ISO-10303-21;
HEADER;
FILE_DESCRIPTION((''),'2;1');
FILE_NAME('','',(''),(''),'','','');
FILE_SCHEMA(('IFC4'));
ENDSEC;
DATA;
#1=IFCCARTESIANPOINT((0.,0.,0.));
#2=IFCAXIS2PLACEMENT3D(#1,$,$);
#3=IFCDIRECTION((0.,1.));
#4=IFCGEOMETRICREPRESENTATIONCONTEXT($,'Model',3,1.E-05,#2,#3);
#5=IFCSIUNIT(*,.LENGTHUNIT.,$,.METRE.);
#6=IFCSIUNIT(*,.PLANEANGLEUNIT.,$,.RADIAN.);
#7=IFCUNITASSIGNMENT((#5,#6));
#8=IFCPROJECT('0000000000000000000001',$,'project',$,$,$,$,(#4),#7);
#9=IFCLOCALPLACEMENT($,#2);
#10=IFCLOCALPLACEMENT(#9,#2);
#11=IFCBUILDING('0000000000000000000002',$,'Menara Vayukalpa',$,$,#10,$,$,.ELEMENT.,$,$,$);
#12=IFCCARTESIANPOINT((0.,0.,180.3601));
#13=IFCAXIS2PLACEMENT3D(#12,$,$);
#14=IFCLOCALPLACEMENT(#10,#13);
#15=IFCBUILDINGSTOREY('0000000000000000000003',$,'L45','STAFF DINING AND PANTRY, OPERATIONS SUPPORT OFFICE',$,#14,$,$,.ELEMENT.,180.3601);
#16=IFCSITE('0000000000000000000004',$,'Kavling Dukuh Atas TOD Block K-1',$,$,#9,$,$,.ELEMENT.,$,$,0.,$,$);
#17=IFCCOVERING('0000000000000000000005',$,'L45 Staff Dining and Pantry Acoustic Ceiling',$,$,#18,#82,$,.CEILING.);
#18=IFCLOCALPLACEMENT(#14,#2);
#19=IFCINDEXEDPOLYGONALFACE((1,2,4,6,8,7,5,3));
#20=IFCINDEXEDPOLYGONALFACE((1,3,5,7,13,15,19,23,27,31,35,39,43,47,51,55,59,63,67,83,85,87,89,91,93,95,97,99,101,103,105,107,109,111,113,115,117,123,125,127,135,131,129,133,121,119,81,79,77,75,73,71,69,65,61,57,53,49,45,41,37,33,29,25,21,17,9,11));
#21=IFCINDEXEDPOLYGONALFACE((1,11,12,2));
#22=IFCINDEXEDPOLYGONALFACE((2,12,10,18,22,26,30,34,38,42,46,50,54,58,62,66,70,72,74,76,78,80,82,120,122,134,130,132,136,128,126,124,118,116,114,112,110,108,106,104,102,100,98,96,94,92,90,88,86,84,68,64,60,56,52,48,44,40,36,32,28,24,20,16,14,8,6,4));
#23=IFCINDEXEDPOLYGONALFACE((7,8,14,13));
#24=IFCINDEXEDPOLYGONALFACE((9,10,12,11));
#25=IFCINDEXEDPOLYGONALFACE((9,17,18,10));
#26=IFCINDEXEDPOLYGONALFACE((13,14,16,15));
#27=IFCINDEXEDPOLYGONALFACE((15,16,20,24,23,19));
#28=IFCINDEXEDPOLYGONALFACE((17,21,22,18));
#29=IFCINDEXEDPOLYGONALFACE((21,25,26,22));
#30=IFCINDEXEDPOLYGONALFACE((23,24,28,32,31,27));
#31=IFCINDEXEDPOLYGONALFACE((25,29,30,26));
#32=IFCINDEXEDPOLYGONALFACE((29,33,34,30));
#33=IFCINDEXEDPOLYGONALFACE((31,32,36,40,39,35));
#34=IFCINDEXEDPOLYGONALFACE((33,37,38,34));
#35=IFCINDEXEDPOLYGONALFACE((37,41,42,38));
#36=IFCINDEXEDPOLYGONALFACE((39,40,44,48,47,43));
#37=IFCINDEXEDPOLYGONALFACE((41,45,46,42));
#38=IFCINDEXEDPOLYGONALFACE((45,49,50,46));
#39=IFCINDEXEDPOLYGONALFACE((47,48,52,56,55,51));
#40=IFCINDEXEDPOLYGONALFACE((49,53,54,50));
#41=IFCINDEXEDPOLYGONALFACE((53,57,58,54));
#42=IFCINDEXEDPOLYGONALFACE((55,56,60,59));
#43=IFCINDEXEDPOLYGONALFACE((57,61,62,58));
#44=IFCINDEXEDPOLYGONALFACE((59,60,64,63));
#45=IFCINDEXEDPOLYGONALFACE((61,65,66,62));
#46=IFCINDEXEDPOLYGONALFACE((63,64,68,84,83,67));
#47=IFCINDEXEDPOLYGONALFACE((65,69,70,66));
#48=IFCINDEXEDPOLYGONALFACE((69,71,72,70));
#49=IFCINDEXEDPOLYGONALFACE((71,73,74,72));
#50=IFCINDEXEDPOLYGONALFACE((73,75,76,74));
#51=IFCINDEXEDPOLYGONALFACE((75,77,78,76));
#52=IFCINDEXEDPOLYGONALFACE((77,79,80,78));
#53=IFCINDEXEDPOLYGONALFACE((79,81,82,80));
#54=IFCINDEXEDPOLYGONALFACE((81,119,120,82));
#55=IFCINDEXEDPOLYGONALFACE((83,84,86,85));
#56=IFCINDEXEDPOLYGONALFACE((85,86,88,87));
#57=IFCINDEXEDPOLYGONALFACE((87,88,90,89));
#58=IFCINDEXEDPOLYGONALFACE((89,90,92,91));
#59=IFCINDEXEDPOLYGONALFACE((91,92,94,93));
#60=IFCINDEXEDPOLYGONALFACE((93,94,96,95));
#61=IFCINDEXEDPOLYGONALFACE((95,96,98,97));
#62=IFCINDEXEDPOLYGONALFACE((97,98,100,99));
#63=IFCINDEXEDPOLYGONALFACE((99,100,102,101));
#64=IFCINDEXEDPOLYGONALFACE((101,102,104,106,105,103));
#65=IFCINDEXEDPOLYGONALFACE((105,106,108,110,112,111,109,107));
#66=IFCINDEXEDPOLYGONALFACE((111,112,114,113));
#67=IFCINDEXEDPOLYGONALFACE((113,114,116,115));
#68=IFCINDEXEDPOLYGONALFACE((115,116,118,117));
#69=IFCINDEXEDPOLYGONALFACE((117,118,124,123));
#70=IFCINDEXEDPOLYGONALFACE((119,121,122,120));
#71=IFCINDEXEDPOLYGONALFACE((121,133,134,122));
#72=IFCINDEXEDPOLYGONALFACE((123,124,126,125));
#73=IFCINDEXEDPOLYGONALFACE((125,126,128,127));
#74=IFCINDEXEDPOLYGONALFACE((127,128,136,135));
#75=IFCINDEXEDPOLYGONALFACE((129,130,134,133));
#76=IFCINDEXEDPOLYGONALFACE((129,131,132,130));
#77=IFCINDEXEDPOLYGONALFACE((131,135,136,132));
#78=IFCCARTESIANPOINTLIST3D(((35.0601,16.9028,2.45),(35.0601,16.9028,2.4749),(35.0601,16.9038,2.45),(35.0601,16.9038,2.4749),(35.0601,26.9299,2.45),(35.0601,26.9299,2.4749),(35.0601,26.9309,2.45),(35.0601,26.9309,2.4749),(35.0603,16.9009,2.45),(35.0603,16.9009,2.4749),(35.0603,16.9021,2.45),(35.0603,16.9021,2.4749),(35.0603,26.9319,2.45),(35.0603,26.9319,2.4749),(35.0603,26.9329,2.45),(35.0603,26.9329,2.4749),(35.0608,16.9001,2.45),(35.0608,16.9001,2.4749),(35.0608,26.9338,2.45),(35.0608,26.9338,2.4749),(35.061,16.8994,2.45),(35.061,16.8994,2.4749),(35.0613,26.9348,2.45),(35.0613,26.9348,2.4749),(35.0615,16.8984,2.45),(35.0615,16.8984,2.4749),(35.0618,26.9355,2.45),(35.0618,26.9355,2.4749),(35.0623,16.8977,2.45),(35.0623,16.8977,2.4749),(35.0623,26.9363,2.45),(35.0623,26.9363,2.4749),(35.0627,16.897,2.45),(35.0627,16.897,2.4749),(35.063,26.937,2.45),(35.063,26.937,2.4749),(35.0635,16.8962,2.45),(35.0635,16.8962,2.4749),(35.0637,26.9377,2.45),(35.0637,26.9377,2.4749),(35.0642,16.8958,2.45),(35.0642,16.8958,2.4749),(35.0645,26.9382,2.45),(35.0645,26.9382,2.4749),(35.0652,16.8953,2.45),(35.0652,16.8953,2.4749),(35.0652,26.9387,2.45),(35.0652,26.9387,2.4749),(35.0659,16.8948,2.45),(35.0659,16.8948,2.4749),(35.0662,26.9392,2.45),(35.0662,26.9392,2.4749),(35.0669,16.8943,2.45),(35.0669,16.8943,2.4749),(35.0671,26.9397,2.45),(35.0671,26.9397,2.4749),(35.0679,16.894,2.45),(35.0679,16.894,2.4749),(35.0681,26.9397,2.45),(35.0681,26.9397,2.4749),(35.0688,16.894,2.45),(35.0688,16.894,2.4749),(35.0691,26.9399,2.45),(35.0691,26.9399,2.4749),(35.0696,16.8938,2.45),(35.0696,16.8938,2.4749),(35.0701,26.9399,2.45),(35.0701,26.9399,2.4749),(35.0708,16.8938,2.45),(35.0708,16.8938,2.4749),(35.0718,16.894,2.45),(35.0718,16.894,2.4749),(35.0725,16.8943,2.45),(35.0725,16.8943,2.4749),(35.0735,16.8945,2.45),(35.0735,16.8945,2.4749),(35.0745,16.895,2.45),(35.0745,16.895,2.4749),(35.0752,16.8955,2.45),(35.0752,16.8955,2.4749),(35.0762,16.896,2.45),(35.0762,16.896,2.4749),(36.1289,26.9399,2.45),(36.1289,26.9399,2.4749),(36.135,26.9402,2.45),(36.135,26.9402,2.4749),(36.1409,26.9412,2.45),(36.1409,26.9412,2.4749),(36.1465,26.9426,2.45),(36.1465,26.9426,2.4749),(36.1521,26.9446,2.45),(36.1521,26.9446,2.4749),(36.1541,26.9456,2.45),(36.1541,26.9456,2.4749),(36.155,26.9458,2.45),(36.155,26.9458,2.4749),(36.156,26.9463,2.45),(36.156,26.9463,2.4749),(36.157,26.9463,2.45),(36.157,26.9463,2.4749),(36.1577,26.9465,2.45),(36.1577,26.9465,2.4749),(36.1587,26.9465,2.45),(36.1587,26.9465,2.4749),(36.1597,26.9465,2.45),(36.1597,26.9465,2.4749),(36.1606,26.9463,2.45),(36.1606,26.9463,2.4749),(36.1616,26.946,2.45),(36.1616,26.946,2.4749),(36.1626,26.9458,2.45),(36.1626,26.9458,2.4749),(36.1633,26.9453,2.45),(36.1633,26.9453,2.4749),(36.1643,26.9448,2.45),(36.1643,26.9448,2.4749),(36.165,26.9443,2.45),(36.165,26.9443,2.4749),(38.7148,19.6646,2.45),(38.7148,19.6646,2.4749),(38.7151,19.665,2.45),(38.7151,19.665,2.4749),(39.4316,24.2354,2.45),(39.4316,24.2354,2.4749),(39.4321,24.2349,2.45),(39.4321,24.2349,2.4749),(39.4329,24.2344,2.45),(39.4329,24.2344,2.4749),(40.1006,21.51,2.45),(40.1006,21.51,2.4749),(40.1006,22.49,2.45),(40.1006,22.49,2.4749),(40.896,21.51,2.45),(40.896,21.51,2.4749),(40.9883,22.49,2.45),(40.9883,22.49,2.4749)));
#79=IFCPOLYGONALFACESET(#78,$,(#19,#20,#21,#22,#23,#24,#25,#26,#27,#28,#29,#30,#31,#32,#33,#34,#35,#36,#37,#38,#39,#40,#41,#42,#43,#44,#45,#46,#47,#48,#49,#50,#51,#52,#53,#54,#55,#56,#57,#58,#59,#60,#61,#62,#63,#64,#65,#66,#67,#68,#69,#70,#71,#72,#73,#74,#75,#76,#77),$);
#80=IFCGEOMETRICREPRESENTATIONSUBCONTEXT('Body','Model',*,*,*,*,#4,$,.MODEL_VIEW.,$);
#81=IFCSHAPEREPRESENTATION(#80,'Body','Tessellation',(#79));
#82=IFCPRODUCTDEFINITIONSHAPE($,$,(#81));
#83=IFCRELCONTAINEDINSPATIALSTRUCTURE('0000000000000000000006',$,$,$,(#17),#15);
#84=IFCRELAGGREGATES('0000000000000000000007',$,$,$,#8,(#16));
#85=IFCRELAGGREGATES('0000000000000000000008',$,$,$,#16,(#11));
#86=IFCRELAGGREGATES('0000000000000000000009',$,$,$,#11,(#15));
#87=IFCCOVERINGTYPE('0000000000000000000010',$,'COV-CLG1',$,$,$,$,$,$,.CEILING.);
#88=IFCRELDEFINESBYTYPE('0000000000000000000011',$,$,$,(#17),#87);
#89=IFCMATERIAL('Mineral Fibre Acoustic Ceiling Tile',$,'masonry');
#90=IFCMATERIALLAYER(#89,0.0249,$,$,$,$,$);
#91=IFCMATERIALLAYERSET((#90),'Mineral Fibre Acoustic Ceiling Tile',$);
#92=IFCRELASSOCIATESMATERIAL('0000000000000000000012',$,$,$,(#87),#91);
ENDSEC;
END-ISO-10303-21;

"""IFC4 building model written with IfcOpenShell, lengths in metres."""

from ifc_helpers import new_model, si_unit, direction, frame, origin, place, context, subcontext, project, spatial, polyline, outline, extrude, material, layer, layer_set, type_object, element, save


model = new_model("IFC4")

# Units and contexts
model_context = context("Model", 3, precision=1e-05, world=origin(), true_north=direction((0.0, 1.0)))
body_context = subcontext(model_context, "Body", "Model", "MODEL_VIEW")
ifc_project = project(units=[si_unit("LENGTHUNIT", "METRE"), si_unit("PLANEANGLEUNIT", "RADIAN")], contexts=[model_context])

# Site, building, storey
site_placement = place(None, origin())
site = spatial("IfcSite", under=ifc_project, at=site_placement, Name="Kavling Dukuh Atas TOD Block K-1", CompositionType="ELEMENT", RefElevation=0.0)
building_placement = place(site_placement, origin())
building = spatial("IfcBuilding", under=site, at=building_placement, Name="Menara Vayukalpa", CompositionType="ELEMENT")
storey_placement = place(building_placement, frame((0.0, 0.0, 180.3601)))
storey = spatial("IfcBuildingStorey", under=building, at=storey_placement, Name="L45", Description="STAFF DINING AND PANTRY, OPERATIONS SUPPORT OFFICE", CompositionType="ELEMENT", Elevation=180.3601)

# Covering
ifc_material_1 = material(Name="Mineral Fibre Acoustic Ceiling Tile", Category="masonry")
ifc_layer_1 = layer(ifc_material_1, 0.0249)
ifc_layer_set_1 = layer_set([ifc_layer_1], Name="Mineral Fibre Acoustic Ceiling Tile")
covering_type_1 = type_object("IfcCoveringType", Name="COV-CLG1", PredefinedType="CEILING", material=ifc_layer_set_1)
covering_1_placement = place(storey_placement, frame((0.0, 0.0, 2.45)))
element("IfcCovering", 1, at=covering_1_placement, inside=storey, type_object=covering_type_1, Name="L45 Staff Dining and Pantry Acoustic Ceiling", PredefinedType="CEILING", context=body_context, shape_type="SweptSolid", body=[
    extrude(outline(polyline([(39.4329, 24.2344), (40.9883, 22.49), (40.1006, 22.49), (40.1006, 21.51), (40.896, 21.51), (38.7151, 19.665), (38.7148, 19.6646), (35.0762, 16.896), (35.0752, 16.8955), (35.0745, 16.895), (35.0735, 16.8945), (35.0725, 16.8943), (35.0718, 16.894), (35.0708, 16.8938), (35.0696, 16.8938), (35.0688, 16.894), (35.0679, 16.894), (35.0669, 16.8943), (35.0659, 16.8948), (35.0652, 16.8953), (35.0642, 16.8958), (35.0635, 16.8962), (35.0627, 16.897), (35.0623, 16.8977), (35.0615, 16.8984), (35.061, 16.8994), (35.0608, 16.9001), (35.0603, 16.9009), (35.0603, 16.9021), (35.0601, 16.9028), (35.0601, 16.9038), (35.0601, 26.9299), (35.0601, 26.9309), (35.0603, 26.9319), (35.0603, 26.9329), (35.0608, 26.9338), (35.0613, 26.9348), (35.0618, 26.9355), (35.0623, 26.9363), (35.063, 26.937), (35.0637, 26.9377), (35.0645, 26.9382), (35.0652, 26.9387), (35.0662, 26.9392), (35.0671, 26.9397), (35.0681, 26.9397), (35.0691, 26.9399), (35.0701, 26.9399), (36.1289, 26.9399), (36.135, 26.9402), (36.1409, 26.9412), (36.1465, 26.9426), (36.1521, 26.9446), (36.1541, 26.9456), (36.155, 26.9458), (36.156, 26.9463), (36.157, 26.9463), (36.1577, 26.9465), (36.1587, 26.9465), (36.1597, 26.9465), (36.1606, 26.9463), (36.1616, 26.946), (36.1626, 26.9458), (36.1633, 26.9453), (36.1643, 26.9448), (36.165, 26.9443), (39.4316, 24.2354), (39.4321, 24.2349), (39.4329, 24.2344)])), origin(), (0.0, 0.0, 1.0), 0.0249),
])

save(model, "model.ifc")
